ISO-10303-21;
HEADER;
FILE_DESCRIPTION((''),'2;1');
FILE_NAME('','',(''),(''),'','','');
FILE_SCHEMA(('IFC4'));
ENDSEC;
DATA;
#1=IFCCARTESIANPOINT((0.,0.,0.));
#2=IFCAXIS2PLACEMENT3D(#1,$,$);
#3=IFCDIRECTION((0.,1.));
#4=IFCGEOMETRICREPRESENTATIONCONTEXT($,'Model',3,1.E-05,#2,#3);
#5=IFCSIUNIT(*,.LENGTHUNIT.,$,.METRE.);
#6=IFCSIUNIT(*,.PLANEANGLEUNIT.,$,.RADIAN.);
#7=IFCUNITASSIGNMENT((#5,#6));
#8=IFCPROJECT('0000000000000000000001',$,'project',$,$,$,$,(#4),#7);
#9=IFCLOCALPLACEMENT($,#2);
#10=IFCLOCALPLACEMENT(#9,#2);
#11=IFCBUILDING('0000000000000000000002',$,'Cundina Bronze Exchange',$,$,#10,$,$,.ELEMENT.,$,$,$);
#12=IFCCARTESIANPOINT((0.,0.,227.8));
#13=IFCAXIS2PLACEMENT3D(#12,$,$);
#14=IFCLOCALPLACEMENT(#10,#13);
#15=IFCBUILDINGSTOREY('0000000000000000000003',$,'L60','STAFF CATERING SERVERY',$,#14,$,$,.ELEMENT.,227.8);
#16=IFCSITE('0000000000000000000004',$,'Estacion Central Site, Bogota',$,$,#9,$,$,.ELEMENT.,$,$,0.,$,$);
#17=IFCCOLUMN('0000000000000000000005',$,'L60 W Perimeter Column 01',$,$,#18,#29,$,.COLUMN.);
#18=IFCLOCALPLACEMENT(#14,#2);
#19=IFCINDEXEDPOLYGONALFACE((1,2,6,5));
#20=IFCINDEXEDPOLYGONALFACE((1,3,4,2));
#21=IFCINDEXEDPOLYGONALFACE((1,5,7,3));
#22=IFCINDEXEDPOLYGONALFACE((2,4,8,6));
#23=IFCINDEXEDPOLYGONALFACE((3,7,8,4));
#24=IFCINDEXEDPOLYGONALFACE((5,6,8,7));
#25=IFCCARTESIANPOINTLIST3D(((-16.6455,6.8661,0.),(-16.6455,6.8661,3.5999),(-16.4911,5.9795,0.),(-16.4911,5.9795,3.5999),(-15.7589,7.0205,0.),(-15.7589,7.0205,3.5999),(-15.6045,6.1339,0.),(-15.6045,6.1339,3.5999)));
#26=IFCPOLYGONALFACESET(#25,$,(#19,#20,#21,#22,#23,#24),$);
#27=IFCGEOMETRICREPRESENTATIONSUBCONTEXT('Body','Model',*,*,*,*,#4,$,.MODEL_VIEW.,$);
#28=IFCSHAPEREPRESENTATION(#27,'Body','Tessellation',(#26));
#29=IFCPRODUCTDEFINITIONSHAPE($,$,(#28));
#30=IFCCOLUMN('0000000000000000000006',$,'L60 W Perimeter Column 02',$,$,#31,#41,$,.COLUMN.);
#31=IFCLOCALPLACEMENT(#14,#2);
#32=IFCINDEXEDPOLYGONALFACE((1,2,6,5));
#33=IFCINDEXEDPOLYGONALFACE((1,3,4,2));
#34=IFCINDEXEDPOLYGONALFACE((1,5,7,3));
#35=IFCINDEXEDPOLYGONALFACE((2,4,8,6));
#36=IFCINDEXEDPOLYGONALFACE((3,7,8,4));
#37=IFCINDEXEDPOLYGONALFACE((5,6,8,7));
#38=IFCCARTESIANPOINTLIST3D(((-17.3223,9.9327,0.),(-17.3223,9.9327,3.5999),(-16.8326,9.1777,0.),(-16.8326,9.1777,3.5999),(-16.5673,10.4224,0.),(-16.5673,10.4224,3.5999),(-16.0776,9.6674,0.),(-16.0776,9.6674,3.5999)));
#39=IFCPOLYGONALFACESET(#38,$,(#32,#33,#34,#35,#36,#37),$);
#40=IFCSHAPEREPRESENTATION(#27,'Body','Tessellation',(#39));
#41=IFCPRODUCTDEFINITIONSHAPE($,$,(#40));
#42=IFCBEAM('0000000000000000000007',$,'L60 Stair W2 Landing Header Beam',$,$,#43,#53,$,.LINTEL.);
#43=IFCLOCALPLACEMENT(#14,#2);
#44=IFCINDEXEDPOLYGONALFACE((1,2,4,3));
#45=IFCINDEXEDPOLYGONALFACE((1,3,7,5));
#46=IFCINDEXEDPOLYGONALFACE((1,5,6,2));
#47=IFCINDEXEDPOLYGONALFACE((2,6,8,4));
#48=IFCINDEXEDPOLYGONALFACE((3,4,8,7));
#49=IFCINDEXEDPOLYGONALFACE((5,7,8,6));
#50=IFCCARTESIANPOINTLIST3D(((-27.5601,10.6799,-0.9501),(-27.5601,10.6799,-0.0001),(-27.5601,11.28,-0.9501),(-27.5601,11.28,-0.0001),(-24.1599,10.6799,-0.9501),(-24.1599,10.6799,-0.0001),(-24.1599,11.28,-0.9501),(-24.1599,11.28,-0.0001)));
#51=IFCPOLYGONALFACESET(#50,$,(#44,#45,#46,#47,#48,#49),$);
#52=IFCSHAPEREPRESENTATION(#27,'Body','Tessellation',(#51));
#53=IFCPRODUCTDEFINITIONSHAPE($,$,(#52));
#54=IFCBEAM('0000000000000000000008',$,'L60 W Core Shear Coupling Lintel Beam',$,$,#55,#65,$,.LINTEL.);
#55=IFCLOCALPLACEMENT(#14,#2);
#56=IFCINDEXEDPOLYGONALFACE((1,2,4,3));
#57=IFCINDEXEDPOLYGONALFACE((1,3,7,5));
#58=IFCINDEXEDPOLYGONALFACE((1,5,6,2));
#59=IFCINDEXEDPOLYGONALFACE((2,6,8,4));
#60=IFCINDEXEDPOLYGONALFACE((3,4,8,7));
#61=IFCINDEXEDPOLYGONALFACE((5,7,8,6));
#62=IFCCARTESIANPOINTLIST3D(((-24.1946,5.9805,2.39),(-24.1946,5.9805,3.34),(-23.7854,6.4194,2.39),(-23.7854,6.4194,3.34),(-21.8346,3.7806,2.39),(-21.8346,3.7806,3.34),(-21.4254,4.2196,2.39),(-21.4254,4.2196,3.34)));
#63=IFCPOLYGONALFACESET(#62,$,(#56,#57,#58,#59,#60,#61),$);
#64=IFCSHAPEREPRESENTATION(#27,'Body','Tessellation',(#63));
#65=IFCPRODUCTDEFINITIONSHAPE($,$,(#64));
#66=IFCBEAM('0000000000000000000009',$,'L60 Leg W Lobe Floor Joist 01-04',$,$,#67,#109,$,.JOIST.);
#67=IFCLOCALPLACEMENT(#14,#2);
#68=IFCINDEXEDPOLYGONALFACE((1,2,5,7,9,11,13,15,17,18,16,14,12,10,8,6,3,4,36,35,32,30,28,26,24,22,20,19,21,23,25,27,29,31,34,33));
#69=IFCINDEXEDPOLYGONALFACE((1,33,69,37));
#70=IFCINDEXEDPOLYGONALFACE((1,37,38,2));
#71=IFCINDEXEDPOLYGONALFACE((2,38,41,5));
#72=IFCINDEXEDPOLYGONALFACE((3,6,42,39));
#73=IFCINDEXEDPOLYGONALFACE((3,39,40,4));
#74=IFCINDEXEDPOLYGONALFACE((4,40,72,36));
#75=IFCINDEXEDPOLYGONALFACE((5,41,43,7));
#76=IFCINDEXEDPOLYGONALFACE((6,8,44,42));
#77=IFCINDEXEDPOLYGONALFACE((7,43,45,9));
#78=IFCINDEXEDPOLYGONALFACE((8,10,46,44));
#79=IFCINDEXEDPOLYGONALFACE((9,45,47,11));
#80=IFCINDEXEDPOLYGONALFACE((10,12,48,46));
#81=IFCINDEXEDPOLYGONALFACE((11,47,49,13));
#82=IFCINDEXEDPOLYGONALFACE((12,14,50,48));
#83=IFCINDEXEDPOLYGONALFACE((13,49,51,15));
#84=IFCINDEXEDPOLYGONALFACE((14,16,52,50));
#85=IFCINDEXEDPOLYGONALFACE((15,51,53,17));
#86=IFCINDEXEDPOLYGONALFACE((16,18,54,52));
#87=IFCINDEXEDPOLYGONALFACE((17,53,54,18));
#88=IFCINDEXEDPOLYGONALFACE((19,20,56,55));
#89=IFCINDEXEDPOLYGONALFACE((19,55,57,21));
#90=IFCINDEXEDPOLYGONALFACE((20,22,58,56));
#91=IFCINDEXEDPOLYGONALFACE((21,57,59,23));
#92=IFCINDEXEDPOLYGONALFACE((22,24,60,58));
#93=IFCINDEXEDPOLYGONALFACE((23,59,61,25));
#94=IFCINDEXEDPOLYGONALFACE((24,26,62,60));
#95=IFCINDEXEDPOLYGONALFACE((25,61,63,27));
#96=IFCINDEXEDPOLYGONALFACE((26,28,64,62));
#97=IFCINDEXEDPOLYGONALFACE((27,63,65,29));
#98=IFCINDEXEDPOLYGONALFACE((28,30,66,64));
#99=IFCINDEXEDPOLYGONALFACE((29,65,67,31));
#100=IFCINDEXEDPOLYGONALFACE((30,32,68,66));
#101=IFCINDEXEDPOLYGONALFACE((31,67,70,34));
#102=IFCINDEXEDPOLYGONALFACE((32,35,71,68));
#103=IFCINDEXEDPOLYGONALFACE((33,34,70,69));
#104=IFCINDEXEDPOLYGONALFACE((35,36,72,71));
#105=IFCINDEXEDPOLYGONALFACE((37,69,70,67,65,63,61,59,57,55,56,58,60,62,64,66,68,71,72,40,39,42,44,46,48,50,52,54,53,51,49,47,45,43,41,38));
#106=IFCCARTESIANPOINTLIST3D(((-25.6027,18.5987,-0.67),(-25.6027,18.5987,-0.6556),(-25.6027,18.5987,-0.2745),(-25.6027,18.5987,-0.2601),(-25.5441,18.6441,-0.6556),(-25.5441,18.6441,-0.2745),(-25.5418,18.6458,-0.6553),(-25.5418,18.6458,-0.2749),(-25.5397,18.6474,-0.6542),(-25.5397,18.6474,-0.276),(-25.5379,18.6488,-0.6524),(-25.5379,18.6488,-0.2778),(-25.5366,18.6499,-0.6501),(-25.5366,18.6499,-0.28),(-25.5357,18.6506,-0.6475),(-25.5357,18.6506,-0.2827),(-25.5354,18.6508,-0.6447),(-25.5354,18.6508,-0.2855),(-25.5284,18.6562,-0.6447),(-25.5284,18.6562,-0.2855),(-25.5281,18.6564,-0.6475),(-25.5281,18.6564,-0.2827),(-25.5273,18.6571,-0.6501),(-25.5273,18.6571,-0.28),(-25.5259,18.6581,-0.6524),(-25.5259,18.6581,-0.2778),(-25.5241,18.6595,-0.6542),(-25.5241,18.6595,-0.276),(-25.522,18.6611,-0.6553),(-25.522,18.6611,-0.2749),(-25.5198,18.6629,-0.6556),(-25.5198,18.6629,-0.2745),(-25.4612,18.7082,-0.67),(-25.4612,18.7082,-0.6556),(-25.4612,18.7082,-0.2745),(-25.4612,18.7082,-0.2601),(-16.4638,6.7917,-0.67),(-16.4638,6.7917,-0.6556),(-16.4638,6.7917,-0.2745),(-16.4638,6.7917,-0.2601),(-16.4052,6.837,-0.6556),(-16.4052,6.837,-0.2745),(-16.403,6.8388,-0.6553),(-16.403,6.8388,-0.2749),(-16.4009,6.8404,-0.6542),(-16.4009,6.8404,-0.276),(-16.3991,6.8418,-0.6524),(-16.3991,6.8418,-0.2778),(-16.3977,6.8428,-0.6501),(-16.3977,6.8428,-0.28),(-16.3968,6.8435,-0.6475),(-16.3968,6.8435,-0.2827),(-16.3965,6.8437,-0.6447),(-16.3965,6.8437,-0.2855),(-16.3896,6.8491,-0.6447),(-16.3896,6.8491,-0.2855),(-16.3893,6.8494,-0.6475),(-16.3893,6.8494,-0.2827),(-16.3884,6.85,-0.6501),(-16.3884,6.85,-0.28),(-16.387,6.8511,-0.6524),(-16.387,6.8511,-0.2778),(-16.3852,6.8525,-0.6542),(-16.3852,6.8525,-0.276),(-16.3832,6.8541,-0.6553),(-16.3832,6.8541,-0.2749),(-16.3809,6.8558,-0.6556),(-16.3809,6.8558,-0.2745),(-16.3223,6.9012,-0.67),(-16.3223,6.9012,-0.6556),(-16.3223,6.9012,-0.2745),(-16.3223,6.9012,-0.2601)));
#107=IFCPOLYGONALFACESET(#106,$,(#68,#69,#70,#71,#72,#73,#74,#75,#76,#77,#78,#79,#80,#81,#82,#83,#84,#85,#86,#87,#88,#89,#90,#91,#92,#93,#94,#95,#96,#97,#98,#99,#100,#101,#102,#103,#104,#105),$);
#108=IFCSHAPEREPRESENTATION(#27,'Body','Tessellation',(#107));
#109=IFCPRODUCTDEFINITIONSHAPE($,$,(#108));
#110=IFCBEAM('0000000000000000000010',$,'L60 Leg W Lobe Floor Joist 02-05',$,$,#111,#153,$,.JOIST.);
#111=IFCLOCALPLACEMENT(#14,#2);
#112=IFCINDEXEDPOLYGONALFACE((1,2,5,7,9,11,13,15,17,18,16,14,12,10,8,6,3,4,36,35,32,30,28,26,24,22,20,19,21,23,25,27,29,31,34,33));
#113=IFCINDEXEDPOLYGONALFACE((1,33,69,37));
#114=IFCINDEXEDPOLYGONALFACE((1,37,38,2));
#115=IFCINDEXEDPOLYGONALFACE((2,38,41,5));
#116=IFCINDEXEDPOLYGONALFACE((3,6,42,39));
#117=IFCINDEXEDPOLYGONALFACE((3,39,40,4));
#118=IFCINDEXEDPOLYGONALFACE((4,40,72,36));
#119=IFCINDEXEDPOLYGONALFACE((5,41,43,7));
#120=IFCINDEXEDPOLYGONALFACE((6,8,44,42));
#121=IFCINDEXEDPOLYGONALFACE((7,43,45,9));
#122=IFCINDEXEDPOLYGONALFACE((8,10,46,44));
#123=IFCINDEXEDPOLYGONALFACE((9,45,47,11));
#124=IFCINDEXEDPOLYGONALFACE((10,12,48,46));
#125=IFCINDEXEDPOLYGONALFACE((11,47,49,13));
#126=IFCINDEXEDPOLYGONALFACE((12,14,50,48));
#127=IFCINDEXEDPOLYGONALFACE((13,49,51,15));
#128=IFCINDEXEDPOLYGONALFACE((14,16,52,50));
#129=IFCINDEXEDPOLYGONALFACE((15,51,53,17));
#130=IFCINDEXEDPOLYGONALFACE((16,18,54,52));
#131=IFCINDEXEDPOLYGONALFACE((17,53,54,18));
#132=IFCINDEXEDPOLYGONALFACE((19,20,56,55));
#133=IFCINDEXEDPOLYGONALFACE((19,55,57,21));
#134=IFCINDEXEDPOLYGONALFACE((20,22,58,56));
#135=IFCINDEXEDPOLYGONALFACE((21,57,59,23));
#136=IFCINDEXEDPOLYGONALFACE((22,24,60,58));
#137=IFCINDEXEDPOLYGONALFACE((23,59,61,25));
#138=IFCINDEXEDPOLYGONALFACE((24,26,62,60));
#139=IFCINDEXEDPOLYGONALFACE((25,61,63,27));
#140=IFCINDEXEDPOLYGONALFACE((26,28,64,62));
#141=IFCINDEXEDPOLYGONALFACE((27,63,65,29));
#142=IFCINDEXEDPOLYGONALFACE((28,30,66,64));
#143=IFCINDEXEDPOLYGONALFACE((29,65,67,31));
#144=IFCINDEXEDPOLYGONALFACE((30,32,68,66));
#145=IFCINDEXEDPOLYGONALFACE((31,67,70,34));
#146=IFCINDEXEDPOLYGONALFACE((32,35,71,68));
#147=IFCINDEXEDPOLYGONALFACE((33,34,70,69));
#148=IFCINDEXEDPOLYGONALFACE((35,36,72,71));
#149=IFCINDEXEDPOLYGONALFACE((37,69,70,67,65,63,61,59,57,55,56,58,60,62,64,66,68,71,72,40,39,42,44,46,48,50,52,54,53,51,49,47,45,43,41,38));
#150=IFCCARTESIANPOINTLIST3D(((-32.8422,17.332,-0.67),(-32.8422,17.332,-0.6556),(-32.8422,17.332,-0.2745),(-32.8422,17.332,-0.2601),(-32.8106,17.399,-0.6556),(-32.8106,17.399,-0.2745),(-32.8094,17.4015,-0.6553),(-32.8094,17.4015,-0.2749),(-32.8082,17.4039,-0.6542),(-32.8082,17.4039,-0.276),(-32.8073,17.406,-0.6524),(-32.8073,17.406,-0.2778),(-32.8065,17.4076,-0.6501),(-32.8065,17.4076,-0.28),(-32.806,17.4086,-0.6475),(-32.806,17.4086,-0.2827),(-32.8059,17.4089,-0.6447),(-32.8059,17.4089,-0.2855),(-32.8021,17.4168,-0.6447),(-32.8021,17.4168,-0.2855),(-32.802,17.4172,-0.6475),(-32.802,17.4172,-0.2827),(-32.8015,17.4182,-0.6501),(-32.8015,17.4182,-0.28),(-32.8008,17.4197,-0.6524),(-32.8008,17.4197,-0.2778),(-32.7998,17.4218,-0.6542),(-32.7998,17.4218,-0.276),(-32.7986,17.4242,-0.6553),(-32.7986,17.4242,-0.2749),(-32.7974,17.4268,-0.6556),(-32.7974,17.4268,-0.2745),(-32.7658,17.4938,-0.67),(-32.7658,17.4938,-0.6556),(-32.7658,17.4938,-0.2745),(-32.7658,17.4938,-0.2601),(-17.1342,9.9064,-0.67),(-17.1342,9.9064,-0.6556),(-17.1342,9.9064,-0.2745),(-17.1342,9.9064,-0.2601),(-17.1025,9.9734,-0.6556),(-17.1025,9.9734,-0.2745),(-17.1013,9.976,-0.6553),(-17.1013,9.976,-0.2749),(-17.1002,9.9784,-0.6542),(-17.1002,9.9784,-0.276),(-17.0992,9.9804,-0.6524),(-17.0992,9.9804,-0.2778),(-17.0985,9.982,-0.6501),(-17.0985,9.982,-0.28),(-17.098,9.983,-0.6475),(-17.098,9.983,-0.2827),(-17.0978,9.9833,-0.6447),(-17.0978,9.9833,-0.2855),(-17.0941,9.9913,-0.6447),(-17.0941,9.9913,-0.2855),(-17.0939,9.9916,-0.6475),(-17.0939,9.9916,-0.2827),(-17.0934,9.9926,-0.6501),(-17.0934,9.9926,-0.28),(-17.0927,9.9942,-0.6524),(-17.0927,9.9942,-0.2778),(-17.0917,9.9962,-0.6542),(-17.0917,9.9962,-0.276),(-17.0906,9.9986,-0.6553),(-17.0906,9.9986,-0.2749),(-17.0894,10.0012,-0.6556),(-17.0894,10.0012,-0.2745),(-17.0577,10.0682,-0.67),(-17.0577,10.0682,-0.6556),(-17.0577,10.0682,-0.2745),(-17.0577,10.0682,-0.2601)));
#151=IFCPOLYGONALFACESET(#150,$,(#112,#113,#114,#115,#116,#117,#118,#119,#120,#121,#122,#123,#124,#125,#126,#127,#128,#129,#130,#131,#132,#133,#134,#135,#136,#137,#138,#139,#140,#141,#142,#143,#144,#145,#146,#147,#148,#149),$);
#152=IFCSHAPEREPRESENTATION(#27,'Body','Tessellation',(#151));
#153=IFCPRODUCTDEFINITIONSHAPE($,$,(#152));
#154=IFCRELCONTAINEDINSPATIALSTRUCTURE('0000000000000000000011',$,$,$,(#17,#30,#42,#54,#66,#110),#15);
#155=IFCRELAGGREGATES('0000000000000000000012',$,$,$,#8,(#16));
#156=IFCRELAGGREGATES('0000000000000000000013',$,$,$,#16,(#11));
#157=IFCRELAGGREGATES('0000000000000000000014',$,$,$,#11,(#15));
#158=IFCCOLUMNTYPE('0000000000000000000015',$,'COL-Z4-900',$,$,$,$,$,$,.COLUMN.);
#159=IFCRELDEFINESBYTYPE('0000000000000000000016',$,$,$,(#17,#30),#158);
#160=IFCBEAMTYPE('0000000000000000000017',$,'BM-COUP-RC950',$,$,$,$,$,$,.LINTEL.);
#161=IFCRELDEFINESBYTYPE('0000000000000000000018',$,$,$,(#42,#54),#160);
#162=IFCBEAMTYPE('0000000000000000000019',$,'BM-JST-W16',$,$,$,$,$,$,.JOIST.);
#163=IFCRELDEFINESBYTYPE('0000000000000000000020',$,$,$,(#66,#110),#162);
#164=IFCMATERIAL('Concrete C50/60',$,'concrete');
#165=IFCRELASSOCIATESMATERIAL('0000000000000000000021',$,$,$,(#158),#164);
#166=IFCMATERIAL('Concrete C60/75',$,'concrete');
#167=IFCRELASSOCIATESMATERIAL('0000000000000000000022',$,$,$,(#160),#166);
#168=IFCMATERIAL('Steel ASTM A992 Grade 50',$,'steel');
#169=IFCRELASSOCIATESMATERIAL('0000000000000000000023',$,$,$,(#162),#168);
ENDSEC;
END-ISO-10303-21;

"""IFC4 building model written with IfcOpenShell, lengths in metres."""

from ifc_helpers import new_model, si_unit, direction, frame, origin, origin_2d, place, context, subcontext, project, spatial, rectangle, i_section, extrude, material, material_profile, profile_set, type_object, element, save


model = new_model("IFC4")

# Units and contexts
model_context = context("Model", 3, precision=1e-05, world=origin(), true_north=direction((0.0, 1.0)))
body_context = subcontext(model_context, "Body", "Model", "MODEL_VIEW")
ifc_project = project(units=[si_unit("LENGTHUNIT", "METRE"), si_unit("PLANEANGLEUNIT", "RADIAN")], contexts=[model_context])

# Site, building, storey
site_placement = place(None, origin())
site = spatial("IfcSite", under=ifc_project, at=site_placement, Name="Estacion Central Site, Bogota", CompositionType="ELEMENT", RefElevation=0.0)
building_placement = place(site_placement, origin())
building = spatial("IfcBuilding", under=site, at=building_placement, Name="Cundina Bronze Exchange", CompositionType="ELEMENT")
storey_placement = place(building_placement, frame((0.0, 0.0, 227.8)))
storey = spatial("IfcBuildingStorey", under=building, at=storey_placement, Name="L60", Description="STAFF CATERING SERVERY", CompositionType="ELEMENT", Elevation=227.8)

# Columns
ifc_material_1 = material(Name="Concrete C50/60", Category="concrete")
ifc_material_profile_1 = material_profile(ifc_material_1, rectangle(XDim=0.8999, YDim=0.8999, at=origin_2d()), Name="RC900X900", Category="concrete")
ifc_profile_set_1 = profile_set([ifc_material_profile_1], Name="Concrete C50/60")
column_type = type_object("IfcColumnType", Name="COL-Z4-900", PredefinedType="COLUMN", material=ifc_profile_set_1)
for number, where, z_axis, x_axis, name in (
    (1, (-16.125, 6.5, 0.0), (0.0, 0.0, 1.0), (-0.171585, 0.985169, 0.0), "L60 W Perimeter Column 01"),
    (2, (-16.7, 9.8, 0.0), (0.0, 0.0, 1.0), (-0.5442, 0.838956, 0.0), "L60 W Perimeter Column 02"),
):
    element("IfcColumn", number, at=place(storey_placement, frame(where, z_axis=z_axis, x_axis=x_axis)), inside=storey, type_object=column_type, Name=name, PredefinedType="COLUMN", context=body_context, shape_type="SweptSolid", body=[
        extrude(rectangle(XDim=0.8999, YDim=0.8999, at=origin_2d()), origin(), (0.0, 0.0, 1.0), 3.5999),
    ])

# Beams
ifc_material_2 = material(Name="Concrete C60/75", Category="concrete")
ifc_material_profile_2 = material_profile(ifc_material_2, rectangle(XDim=0.6001, YDim=0.95, at=origin_2d()), Name="RC600X950", Category="concrete")
ifc_profile_set_2 = profile_set([ifc_material_profile_2], Name="Concrete C60/75")
beam_type_1 = type_object("IfcBeamType", Name="BM-COUP-RC950", PredefinedType="LINTEL", material=ifc_profile_set_2)
beam_1_placement = place(storey_placement, frame((-27.5601, 10.98, -0.4751), z_axis=(1.0, 0.0, 0.0), x_axis=(0.0, 1.0, 0.0)))
element("IfcBeam", 3, at=beam_1_placement, inside=storey, type_object=beam_type_1, Name="L60 Stair W2 Landing Header Beam", PredefinedType="LINTEL", context=body_context, shape_type="SweptSolid", body=[
    extrude(rectangle(XDim=0.6001, YDim=0.95, at=origin_2d()), origin(), (0.0, 0.0, 1.0), 3.4001),
])
beam_2_placement = place(storey_placement, frame((-23.99, 6.2, 2.865), z_axis=(0.73149, -0.681852, 0.0), x_axis=(0.681852, 0.73149, 0.0)))
element("IfcBeam", 4, at=beam_2_placement, inside=storey, type_object=beam_type_1, Name="L60 W Core Shear Coupling Lintel Beam", PredefinedType="LINTEL", context=body_context, shape_type="SweptSolid", body=[
    extrude(rectangle(XDim=0.6001, YDim=0.95, at=origin_2d()), origin(), (0.0, 0.0, 1.0), 3.2263),
])
ifc_material_3 = material(Name="Steel ASTM A992 Grade 50", Category="steel")
ifc_material_profile_3 = material_profile(ifc_material_3, i_section(OverallWidth=0.179, OverallDepth=0.4099, WebThickness=0.0088, FlangeThickness=0.0144, FilletRadius=0.011, at=origin_2d()), Name="W16X45", Category="steel")
ifc_profile_set_3 = profile_set([ifc_material_profile_3], Name="Steel ASTM A992 Grade 50")
beam_type_2 = type_object("IfcBeamType", Name="BM-JST-W16", PredefinedType="JOIST", material=ifc_profile_set_3)
beam_3_placement = place(storey_placement, frame((-16.3931, 6.8464, -0.4651), z_axis=(-0.612086, 0.790791, 0.0), x_axis=(-0.790791, -0.612086, 0.0)))
element("IfcBeam", 5, at=beam_3_placement, inside=storey, type_object=beam_type_2, Name="L60 Leg W Lobe Floor Joist 01-04", PredefinedType="JOIST", context=body_context, shape_type="SweptSolid", body=[
    extrude(i_section(OverallWidth=0.179, OverallDepth=0.4099, WebThickness=0.0088, FlangeThickness=0.0144, FilletRadius=0.011, at=origin_2d()), origin(), (0.0, 0.0, 1.0), 14.9307),
])
beam_4_placement = place(storey_placement, frame((-17.0959, 9.9873, -0.4651), z_axis=(-0.904074, 0.427376, 0.0), x_axis=(-0.427376, -0.904074, 0.0)))
element("IfcBeam", 6, at=beam_4_placement, inside=storey, type_object=beam_type_2, Name="L60 Leg W Lobe Floor Joist 02-05", PredefinedType="JOIST", context=body_context, shape_type="SweptSolid", body=[
    extrude(i_section(OverallWidth=0.179, OverallDepth=0.4099, WebThickness=0.0088, FlangeThickness=0.0144, FilletRadius=0.011, at=origin_2d()), origin(), (0.0, 0.0, 1.0), 17.3748),
])

save(model, "model.ifc")
